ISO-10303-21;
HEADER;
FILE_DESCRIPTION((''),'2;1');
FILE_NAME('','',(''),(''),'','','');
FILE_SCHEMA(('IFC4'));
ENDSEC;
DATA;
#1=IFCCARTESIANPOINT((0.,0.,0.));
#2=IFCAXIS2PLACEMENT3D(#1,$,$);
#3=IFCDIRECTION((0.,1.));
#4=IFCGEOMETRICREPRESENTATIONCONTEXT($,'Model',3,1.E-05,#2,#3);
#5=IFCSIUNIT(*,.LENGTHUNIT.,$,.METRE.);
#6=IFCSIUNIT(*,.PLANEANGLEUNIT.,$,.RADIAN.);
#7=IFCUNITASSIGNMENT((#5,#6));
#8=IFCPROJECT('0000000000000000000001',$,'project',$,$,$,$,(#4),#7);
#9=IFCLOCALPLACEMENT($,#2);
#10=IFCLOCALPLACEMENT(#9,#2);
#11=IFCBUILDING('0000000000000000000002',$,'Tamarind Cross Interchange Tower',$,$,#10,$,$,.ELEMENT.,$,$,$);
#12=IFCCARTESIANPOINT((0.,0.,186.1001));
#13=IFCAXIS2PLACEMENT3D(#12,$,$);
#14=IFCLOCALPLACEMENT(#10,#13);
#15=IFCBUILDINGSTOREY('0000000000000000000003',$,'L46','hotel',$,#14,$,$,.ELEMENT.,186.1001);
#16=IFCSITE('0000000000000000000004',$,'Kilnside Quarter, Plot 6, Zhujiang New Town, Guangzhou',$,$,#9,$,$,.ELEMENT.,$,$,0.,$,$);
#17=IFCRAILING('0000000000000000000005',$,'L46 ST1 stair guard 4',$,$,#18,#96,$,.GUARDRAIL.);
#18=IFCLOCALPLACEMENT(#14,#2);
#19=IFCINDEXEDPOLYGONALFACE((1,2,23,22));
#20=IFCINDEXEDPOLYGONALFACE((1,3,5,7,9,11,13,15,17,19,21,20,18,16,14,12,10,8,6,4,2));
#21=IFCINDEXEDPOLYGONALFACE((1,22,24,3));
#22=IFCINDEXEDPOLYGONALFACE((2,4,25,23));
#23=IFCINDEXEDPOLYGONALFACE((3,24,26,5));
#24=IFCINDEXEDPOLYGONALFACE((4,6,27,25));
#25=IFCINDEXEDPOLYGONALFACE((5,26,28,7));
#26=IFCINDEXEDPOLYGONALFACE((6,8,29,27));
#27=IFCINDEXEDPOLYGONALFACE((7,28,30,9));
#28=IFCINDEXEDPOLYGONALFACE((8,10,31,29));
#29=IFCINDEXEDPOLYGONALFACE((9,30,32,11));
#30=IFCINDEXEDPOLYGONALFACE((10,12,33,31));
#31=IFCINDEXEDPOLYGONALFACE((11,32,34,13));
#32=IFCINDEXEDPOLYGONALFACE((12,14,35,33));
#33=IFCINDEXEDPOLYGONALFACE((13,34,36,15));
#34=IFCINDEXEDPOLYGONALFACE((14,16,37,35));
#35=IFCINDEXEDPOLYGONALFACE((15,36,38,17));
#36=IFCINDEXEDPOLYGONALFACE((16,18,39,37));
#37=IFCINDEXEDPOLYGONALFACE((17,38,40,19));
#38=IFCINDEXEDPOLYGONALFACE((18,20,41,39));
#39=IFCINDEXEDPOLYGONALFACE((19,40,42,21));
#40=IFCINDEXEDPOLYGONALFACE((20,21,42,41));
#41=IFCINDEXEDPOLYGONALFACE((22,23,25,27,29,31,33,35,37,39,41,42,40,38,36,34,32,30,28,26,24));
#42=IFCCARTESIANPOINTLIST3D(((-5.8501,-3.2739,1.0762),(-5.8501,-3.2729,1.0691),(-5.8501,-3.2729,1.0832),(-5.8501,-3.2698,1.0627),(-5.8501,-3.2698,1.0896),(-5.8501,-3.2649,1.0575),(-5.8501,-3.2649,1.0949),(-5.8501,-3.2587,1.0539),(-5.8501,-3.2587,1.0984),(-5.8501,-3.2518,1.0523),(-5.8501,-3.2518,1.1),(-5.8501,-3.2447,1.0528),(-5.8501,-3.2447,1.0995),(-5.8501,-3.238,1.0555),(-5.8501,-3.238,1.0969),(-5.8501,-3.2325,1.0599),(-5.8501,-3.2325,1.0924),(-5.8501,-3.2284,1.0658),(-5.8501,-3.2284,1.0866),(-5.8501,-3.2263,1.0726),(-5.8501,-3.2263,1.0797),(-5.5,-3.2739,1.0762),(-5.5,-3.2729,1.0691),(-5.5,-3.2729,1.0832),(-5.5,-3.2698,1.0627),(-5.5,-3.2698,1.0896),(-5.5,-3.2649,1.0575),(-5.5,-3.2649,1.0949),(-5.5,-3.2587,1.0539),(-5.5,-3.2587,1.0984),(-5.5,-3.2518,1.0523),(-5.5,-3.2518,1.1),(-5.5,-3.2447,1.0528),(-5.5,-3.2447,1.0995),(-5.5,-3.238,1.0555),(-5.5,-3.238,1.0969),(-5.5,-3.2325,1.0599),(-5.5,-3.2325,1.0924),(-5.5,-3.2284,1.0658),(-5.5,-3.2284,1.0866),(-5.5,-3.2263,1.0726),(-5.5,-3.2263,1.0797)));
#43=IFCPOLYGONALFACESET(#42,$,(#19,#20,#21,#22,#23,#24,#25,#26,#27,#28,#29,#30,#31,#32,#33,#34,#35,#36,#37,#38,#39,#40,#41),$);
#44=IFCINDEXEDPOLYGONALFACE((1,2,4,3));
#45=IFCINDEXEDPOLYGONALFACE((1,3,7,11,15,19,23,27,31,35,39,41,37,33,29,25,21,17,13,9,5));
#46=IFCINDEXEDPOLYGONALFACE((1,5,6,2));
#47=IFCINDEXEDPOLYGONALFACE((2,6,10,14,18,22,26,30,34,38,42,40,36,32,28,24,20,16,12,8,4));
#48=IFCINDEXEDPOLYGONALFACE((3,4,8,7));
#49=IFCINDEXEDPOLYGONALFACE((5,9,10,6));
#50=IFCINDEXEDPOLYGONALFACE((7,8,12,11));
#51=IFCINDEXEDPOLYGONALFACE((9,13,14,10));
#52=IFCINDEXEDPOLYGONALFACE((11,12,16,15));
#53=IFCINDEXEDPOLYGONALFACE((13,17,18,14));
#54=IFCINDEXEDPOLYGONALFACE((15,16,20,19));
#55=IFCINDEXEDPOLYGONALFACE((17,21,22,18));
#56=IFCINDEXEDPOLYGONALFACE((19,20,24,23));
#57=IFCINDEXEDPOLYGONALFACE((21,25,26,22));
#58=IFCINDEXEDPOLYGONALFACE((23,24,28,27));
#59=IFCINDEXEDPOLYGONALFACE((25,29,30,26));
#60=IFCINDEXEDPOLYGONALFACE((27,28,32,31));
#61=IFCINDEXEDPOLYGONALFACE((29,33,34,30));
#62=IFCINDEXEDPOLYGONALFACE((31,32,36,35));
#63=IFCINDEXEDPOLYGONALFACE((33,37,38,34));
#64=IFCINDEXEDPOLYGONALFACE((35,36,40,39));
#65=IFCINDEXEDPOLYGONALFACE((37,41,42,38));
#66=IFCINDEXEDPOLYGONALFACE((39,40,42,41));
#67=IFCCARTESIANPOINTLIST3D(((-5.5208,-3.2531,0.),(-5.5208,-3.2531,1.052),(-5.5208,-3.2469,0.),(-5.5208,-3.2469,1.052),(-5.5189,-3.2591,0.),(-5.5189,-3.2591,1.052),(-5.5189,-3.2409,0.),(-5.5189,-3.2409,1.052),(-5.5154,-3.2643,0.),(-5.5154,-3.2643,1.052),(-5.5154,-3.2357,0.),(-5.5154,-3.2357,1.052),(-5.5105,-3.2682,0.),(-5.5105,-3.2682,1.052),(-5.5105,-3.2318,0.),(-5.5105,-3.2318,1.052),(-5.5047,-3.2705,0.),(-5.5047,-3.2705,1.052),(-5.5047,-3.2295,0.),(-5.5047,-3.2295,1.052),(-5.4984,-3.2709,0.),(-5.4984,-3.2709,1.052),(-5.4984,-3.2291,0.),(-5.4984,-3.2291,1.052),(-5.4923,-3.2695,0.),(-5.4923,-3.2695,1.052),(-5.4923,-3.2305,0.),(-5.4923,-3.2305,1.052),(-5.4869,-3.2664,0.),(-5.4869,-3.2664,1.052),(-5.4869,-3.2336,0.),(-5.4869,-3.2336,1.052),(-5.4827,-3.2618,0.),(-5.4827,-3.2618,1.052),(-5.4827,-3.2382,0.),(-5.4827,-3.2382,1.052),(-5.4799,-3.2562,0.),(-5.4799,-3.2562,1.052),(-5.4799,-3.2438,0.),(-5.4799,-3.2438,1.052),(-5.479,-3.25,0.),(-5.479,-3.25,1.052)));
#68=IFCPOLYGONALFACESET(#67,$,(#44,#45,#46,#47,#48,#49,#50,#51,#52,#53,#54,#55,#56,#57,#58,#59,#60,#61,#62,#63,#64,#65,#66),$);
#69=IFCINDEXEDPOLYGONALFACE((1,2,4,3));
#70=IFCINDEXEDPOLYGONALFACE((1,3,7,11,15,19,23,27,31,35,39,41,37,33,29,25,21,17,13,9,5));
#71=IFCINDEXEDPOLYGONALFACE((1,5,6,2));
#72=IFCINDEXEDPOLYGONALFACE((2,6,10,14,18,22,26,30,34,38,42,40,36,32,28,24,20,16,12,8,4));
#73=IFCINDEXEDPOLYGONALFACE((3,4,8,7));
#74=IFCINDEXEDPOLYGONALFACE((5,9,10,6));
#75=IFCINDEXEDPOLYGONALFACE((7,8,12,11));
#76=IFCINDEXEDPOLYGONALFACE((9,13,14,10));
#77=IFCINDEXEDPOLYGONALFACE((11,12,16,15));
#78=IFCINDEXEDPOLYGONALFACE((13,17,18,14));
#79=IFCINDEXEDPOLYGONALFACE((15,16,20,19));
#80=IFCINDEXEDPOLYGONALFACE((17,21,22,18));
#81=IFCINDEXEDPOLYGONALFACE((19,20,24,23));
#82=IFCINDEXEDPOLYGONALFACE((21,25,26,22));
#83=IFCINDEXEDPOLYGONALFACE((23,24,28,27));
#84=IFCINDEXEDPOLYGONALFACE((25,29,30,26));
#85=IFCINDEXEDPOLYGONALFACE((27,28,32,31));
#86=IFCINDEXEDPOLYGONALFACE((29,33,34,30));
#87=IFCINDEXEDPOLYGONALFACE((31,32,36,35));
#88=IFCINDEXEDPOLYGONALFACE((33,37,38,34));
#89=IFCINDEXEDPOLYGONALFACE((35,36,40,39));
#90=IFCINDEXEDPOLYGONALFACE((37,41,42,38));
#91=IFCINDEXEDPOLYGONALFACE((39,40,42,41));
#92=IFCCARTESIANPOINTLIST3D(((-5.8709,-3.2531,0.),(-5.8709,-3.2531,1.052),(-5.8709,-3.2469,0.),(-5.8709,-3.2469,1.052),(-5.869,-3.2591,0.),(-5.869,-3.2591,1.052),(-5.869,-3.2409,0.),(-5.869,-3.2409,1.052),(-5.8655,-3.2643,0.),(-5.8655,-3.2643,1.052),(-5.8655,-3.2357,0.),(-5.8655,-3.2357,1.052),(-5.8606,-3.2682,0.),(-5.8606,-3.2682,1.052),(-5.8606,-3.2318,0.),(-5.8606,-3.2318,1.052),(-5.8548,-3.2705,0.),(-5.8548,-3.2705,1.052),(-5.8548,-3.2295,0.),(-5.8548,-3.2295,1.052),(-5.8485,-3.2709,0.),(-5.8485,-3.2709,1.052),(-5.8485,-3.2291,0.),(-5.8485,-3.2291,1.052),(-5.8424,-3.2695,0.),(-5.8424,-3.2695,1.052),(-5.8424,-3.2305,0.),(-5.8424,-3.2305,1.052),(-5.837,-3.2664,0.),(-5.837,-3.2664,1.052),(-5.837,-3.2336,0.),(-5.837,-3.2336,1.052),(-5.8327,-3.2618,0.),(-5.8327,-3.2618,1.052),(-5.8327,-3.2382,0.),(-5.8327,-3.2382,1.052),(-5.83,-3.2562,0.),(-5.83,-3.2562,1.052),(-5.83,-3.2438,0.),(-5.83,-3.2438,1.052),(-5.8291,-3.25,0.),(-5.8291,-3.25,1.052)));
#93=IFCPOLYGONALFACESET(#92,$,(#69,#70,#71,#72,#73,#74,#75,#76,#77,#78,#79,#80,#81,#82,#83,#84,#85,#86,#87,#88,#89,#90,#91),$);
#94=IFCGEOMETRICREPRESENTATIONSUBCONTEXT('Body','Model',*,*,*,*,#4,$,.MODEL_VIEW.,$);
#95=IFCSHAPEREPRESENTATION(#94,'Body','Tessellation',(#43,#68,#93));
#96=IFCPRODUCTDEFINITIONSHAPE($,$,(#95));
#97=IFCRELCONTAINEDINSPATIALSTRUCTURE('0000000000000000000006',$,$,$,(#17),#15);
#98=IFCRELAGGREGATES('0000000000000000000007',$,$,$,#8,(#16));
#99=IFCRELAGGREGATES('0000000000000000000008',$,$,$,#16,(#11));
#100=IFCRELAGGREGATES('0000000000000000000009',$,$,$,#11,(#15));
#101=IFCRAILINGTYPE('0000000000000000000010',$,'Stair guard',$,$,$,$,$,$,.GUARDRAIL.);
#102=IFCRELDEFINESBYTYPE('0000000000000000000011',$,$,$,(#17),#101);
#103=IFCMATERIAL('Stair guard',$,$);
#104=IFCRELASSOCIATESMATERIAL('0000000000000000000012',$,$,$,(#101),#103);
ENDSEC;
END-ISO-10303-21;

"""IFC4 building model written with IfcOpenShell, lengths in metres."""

from ifc_helpers import new_model, si_unit, direction, frame, origin, origin_2d, place, context, subcontext, project, spatial, circle, extrude, material, type_object, element, save


model = new_model("IFC4")

# Units and contexts
model_context = context("Model", 3, precision=1e-05, world=origin(), true_north=direction((0.0, 1.0)))
body_context = subcontext(model_context, "Body", "Model", "MODEL_VIEW")
ifc_project = project(units=[si_unit("LENGTHUNIT", "METRE"), si_unit("PLANEANGLEUNIT", "RADIAN")], contexts=[model_context])

# Site, building, storey
site_placement = place(None, origin())
site = spatial("IfcSite", under=ifc_project, at=site_placement, Name="Kilnside Quarter, Plot 6, Zhujiang New Town, Guangzhou", CompositionType="ELEMENT", RefElevation=0.0)
building_placement = place(site_placement, origin())
building = spatial("IfcBuilding", under=site, at=building_placement, Name="Tamarind Cross Interchange Tower", CompositionType="ELEMENT")
storey_placement = place(building_placement, frame((0.0, 0.0, 186.1001)))
storey = spatial("IfcBuildingStorey", under=building, at=storey_placement, Name="L46", Description="hotel", CompositionType="ELEMENT", Elevation=186.1001)

# Railing
ifc_material_1 = material(Name="Stair guard")
railing_type_1 = type_object("IfcRailingType", Name="Stair guard", PredefinedType="GUARDRAIL", material=ifc_material_1)
railing_1_placement = place(storey_placement, frame((-5.5, -3.25, 0.0)))
element("IfcRailing", 1, at=railing_1_placement, inside=storey, type_object=railing_type_1, Name="L46 ST1 stair guard 4", PredefinedType="GUARDRAIL", context=body_context, shape_type="SweptSolid", body=[
    extrude(circle(Radius=0.0239, at=origin_2d()), frame((0.0, 0.0, 1.0762), z_axis=(-1.0, 0.0, 0.0), x_axis=(0.0, -1.0, 0.0)), (0.0, 0.0, 1.0), 0.3501),
    extrude(circle(Radius=0.021, at=origin_2d()), origin(), (0.0, 0.0, 1.0), 1.052),
    extrude(circle(Radius=0.021, at=origin_2d()), frame((-0.3501, 0.0, 0.0)), (0.0, 0.0, 1.0), 1.052),
])

save(model, "model.ifc")
